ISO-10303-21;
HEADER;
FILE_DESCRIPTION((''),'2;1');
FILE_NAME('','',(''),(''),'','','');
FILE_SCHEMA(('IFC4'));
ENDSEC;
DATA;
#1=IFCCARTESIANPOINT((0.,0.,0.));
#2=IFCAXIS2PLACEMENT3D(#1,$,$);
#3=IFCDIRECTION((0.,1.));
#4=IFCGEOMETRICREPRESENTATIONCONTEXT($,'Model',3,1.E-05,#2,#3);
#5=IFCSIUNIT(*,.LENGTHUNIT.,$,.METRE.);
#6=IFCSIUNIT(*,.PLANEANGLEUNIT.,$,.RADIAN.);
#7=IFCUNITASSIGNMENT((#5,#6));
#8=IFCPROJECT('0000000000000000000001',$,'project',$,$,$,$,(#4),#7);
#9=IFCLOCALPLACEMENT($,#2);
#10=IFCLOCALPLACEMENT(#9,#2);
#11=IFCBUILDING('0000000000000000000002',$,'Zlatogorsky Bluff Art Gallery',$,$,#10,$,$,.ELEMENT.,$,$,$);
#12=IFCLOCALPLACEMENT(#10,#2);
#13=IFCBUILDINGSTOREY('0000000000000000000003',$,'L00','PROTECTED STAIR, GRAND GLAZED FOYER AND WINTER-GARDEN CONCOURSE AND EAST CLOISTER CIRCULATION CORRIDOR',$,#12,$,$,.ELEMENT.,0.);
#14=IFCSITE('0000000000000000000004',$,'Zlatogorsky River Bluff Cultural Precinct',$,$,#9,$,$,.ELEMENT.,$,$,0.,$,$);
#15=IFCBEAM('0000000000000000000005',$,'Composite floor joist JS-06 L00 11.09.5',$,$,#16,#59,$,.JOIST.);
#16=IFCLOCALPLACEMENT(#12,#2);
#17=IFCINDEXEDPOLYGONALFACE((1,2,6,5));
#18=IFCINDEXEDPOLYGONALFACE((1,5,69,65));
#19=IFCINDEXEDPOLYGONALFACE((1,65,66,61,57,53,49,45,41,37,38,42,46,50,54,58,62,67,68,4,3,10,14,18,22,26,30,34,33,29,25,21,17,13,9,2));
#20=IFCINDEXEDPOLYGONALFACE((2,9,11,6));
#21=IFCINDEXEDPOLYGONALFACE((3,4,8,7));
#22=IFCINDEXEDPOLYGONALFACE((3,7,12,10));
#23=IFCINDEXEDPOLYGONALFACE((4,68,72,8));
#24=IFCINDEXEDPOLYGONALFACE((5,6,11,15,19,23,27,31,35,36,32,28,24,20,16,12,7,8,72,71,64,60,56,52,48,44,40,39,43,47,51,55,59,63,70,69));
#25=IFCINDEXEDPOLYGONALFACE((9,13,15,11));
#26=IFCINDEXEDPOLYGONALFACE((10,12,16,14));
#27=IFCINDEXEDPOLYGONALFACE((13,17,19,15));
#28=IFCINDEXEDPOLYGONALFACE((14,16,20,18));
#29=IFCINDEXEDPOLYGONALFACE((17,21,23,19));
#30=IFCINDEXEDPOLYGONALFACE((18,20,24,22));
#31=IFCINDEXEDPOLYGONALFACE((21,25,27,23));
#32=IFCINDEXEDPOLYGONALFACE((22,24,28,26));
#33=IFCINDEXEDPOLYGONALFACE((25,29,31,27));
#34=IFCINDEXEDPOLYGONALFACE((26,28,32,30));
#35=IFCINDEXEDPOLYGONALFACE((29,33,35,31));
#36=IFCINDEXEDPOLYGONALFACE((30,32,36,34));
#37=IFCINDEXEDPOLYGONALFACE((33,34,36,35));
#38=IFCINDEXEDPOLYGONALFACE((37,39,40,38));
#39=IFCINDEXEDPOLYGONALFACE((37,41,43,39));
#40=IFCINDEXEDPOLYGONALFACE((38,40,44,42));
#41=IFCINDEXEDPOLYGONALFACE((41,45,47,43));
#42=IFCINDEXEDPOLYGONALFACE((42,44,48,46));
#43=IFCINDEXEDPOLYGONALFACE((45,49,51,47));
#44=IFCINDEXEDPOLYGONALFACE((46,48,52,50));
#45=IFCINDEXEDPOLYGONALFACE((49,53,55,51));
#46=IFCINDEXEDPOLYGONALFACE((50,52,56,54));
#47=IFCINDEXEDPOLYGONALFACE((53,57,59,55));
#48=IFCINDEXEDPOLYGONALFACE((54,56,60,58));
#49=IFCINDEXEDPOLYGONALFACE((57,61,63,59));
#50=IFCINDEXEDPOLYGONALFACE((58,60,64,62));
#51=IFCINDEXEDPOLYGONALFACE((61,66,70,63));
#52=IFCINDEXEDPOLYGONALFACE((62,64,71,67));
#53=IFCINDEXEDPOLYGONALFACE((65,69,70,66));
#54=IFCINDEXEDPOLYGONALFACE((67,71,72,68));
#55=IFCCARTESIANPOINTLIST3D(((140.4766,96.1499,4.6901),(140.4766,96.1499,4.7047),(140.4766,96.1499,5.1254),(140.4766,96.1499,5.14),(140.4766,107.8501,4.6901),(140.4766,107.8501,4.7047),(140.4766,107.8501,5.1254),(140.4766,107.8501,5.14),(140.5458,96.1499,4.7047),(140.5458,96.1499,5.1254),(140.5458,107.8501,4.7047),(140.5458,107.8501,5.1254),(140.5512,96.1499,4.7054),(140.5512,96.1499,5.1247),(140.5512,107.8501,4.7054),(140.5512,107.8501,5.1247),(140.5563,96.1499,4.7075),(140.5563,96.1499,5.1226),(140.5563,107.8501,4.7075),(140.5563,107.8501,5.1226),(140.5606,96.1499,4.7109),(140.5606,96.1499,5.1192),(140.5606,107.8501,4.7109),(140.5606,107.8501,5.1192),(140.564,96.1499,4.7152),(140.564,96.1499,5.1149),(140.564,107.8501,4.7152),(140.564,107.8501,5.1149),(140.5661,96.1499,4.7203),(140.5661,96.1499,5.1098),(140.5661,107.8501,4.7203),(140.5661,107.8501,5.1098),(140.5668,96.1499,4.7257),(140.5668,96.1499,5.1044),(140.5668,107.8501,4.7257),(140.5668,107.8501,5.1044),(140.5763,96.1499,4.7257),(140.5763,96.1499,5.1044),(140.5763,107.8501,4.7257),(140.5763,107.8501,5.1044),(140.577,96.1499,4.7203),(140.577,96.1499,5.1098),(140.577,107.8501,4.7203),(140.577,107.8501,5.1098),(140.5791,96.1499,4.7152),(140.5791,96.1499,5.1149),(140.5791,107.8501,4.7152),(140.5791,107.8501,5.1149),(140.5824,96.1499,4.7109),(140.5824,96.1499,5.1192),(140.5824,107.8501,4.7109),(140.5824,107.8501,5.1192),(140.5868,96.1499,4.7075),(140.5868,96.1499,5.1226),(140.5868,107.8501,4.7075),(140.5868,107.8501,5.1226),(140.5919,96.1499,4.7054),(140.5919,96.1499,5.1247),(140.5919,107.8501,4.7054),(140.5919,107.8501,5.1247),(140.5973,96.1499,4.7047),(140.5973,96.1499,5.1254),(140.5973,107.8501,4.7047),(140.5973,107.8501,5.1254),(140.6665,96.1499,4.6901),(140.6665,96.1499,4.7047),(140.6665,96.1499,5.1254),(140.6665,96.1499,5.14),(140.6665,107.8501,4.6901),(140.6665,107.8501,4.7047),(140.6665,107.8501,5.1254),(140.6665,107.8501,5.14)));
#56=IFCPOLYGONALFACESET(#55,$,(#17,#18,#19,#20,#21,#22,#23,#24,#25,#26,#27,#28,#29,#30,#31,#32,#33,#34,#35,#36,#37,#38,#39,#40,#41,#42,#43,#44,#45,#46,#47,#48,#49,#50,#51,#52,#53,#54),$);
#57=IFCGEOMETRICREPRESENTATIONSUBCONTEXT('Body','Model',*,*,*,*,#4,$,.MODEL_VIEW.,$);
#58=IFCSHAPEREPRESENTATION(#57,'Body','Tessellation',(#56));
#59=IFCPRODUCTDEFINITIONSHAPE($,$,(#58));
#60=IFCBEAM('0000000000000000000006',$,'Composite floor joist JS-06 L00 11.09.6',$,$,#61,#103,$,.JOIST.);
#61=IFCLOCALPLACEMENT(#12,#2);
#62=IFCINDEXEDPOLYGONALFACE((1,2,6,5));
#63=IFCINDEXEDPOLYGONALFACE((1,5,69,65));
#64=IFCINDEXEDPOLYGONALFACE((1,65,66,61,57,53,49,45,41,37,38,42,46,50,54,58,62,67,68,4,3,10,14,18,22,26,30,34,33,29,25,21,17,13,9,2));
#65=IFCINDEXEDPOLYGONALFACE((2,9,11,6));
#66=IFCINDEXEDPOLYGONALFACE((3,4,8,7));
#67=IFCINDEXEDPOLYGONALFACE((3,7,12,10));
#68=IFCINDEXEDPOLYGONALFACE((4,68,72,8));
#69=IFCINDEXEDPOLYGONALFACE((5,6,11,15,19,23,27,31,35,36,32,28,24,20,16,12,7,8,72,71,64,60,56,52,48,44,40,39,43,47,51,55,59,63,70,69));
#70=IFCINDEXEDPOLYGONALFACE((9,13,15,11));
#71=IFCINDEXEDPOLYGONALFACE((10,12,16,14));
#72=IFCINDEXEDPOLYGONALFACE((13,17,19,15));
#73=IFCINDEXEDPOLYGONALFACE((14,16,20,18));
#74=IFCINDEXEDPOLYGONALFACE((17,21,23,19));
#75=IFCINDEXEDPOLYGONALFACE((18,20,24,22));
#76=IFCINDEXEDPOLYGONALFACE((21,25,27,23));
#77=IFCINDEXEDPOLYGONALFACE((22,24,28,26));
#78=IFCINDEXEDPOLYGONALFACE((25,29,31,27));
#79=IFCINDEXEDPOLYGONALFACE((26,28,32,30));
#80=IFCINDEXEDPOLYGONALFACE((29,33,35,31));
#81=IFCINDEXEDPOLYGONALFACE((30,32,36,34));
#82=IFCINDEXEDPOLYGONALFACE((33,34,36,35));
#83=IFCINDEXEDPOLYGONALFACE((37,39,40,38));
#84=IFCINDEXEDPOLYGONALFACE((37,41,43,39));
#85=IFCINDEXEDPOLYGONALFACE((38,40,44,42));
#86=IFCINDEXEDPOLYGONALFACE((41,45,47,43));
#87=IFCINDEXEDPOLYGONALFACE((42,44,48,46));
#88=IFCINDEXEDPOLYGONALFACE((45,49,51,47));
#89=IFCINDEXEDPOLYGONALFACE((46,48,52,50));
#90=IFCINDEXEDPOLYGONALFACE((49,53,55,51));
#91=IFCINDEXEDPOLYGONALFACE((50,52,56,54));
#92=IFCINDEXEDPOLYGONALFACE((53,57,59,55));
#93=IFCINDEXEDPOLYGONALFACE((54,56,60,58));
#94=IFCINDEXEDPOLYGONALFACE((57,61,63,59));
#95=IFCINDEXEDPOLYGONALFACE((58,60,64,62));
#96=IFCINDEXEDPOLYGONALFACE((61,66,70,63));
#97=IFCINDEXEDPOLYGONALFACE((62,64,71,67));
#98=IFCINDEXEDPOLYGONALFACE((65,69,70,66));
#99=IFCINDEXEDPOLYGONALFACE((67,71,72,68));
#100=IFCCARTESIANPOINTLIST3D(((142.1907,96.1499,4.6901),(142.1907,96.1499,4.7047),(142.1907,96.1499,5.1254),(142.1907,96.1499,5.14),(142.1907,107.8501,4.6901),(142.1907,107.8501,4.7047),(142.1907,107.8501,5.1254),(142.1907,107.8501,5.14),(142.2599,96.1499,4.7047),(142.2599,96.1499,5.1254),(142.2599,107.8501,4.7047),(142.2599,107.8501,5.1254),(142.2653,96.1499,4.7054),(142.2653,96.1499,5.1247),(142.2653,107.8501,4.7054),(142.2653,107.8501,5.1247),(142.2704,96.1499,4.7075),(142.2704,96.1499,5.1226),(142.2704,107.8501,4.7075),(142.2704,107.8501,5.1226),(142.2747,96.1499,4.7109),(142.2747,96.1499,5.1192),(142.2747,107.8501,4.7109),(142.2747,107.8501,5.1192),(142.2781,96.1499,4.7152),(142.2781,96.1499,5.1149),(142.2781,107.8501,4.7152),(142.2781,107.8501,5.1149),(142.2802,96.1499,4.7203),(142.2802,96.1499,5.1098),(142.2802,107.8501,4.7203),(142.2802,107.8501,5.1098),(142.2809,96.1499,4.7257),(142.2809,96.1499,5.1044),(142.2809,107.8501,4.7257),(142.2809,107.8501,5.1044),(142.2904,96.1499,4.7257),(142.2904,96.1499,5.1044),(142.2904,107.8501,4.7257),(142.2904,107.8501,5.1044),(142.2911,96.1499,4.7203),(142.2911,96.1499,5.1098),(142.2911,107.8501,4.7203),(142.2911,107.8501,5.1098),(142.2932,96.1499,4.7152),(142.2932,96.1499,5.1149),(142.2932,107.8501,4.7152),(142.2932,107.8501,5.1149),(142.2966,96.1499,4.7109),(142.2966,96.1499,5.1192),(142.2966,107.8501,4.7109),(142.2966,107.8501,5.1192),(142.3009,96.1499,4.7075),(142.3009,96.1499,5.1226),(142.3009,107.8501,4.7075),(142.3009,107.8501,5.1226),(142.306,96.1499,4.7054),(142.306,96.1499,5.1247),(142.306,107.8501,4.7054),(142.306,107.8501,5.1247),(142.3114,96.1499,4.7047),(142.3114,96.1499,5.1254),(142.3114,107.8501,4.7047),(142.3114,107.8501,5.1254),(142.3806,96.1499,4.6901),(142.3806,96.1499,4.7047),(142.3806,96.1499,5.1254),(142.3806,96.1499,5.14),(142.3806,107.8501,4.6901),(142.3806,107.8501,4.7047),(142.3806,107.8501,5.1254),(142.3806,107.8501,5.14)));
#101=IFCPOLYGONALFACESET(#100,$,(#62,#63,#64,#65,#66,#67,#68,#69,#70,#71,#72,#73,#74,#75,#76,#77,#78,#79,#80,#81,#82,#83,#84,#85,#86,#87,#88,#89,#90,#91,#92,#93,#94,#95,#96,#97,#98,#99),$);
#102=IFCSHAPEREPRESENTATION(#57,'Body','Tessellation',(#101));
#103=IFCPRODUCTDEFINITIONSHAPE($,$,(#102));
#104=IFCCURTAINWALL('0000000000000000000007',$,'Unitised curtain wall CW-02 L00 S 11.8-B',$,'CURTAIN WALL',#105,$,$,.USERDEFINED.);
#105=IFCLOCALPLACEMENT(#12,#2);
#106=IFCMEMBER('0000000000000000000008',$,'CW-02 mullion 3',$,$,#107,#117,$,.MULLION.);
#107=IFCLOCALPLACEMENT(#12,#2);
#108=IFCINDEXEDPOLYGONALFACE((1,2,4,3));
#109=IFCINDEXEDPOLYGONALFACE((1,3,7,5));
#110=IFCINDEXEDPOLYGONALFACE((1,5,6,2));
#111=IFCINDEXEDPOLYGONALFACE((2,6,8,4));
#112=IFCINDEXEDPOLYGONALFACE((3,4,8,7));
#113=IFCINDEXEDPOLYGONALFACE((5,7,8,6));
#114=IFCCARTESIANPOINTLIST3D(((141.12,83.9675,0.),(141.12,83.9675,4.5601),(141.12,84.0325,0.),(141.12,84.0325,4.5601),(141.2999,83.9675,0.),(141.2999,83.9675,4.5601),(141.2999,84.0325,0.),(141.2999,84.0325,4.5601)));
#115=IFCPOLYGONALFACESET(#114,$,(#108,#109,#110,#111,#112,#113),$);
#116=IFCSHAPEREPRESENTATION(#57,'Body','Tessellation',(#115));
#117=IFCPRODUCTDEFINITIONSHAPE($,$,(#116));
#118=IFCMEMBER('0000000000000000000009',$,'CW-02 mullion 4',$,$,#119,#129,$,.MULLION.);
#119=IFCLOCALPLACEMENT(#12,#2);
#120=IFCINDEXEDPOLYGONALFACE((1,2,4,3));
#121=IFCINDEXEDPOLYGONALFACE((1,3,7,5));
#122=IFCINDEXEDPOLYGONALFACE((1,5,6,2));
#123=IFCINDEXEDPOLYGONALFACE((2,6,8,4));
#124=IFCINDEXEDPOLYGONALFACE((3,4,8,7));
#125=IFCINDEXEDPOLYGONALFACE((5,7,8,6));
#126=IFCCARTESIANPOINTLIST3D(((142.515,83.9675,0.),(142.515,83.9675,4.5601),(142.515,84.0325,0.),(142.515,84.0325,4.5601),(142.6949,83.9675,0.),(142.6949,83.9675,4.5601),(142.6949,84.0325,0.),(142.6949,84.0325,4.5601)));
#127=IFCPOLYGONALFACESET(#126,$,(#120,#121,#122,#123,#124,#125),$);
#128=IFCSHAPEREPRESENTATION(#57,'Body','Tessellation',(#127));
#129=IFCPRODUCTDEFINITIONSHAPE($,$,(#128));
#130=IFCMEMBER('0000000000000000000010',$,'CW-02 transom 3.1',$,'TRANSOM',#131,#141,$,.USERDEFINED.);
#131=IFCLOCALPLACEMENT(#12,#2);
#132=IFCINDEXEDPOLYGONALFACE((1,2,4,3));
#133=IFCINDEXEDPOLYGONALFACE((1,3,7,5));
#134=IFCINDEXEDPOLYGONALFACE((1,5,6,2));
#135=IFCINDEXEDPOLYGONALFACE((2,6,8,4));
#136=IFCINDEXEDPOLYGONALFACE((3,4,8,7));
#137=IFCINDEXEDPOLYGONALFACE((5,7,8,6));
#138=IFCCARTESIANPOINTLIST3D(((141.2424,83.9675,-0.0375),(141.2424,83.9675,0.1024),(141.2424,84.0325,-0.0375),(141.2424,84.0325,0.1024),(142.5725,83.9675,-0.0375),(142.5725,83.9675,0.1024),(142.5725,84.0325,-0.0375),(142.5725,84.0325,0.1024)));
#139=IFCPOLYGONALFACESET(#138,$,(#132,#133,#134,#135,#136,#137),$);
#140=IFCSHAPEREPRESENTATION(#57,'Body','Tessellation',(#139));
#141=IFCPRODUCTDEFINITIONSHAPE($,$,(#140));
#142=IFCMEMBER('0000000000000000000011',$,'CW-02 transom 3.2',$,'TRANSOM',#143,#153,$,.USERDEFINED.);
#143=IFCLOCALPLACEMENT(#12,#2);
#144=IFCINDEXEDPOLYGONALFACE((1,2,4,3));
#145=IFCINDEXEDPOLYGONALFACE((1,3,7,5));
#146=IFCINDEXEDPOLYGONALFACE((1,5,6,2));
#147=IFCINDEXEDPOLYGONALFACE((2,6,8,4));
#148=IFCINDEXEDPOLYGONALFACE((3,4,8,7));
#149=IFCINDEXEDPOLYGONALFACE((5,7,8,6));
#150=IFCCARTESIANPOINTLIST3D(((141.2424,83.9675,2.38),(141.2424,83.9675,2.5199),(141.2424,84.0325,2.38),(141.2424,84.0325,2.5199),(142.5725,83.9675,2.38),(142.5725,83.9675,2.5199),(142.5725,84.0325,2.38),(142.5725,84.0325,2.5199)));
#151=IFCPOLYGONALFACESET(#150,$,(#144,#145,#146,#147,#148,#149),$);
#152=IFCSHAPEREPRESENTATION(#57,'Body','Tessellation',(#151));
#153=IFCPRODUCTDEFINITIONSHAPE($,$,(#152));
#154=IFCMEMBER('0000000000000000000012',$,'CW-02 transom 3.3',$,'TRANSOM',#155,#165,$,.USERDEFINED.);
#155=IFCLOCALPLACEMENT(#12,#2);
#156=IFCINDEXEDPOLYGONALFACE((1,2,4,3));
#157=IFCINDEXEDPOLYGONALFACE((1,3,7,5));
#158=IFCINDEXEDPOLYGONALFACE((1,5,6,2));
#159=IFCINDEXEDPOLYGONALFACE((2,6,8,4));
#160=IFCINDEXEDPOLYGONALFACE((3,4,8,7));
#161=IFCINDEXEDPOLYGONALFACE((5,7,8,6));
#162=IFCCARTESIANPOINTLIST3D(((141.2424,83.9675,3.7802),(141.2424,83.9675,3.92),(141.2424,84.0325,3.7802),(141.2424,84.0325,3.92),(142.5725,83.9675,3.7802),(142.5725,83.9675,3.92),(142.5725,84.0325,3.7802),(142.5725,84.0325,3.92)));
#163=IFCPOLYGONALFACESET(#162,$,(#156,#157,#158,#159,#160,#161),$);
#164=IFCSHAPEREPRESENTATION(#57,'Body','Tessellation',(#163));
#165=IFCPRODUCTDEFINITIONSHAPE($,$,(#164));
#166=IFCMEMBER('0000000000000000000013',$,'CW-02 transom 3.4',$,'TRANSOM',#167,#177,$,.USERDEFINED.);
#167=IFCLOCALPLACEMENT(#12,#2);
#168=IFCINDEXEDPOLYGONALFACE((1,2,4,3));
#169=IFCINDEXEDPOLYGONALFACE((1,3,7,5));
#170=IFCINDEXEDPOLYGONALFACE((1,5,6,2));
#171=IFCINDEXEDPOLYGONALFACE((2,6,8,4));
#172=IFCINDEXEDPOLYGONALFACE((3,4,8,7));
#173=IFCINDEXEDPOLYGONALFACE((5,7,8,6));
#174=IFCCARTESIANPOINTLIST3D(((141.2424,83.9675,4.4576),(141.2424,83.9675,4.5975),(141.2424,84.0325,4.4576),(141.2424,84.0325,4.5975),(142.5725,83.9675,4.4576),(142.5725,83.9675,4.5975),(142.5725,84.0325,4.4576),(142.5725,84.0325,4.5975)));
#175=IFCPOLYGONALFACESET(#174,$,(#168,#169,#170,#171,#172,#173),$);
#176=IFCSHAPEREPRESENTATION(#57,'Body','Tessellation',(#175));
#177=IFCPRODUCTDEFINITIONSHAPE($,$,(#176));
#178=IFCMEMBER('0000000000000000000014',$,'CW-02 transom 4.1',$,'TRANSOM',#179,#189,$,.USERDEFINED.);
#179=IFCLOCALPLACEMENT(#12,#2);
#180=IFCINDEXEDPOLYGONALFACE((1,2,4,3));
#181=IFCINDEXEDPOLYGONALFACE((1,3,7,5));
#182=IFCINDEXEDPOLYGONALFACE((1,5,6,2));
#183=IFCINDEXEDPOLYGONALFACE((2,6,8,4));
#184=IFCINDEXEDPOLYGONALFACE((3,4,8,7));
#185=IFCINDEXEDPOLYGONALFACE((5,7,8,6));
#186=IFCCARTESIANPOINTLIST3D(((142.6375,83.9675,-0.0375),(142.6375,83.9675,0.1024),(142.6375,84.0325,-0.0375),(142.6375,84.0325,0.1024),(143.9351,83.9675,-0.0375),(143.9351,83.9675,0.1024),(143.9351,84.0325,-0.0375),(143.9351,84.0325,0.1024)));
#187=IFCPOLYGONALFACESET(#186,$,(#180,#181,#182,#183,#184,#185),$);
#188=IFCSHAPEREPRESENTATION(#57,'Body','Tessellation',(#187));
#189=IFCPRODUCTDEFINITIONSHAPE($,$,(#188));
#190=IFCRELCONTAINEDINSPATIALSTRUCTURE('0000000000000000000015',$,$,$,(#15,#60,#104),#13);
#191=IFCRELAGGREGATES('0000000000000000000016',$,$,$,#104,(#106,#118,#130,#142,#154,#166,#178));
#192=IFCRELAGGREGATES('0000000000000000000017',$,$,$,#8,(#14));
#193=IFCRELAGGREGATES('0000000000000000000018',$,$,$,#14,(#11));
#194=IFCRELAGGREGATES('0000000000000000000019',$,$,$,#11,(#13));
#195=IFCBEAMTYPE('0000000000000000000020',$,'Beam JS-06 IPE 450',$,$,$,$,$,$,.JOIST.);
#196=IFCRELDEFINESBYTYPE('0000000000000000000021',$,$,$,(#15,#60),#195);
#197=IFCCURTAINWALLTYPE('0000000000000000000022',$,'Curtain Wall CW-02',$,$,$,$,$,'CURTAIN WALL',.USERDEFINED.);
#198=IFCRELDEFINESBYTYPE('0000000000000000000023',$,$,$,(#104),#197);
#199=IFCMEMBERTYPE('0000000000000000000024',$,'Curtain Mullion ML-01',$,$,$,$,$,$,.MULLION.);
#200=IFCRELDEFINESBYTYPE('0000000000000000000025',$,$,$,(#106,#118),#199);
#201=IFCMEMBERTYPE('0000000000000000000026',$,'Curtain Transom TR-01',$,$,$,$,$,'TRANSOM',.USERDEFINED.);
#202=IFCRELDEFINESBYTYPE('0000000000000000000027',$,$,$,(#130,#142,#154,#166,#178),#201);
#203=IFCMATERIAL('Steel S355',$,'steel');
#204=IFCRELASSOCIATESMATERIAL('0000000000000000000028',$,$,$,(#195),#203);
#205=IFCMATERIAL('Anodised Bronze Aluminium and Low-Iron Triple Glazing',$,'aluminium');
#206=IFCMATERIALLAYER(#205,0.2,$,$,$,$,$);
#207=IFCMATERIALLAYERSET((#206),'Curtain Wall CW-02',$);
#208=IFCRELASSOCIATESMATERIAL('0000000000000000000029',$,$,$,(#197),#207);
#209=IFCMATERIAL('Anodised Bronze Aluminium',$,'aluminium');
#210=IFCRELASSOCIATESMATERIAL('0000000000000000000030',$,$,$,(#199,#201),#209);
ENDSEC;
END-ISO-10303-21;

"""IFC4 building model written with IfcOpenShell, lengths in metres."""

from ifc_helpers import new_model, si_unit, direction, frame, origin, origin_2d, place, context, subcontext, project, spatial, rectangle, i_section, extrude, material, layer, layer_set, material_profile, profile_set, type_object, element, aggregate, save


model = new_model("IFC4")

# Units and contexts
model_context = context("Model", 3, precision=1e-05, world=origin(), true_north=direction((0.0, 1.0)))
body_context = subcontext(model_context, "Body", "Model", "MODEL_VIEW")
ifc_project = project(units=[si_unit("LENGTHUNIT", "METRE"), si_unit("PLANEANGLEUNIT", "RADIAN")], contexts=[model_context])

# Site, building, storey
site_placement = place(None, origin())
site = spatial("IfcSite", under=ifc_project, at=site_placement, Name="Zlatogorsky River Bluff Cultural Precinct", CompositionType="ELEMENT", RefElevation=0.0)
building_placement = place(site_placement, origin())
building = spatial("IfcBuilding", under=site, at=building_placement, Name="Zlatogorsky Bluff Art Gallery", CompositionType="ELEMENT")
storey_placement = place(building_placement, origin())
storey = spatial("IfcBuildingStorey", under=building, at=storey_placement, Name="L00", Description="PROTECTED STAIR, GRAND GLAZED FOYER AND WINTER-GARDEN CONCOURSE AND EAST CLOISTER CIRCULATION CORRIDOR", CompositionType="ELEMENT", Elevation=0.0)

# Beams
ifc_material_1 = material(Name="Steel S355", Category="steel")
ifc_material_profile_1 = material_profile(ifc_material_1, i_section(OverallWidth=0.1899, OverallDepth=0.45, WebThickness=0.0095, FlangeThickness=0.0146, FilletRadius=0.021, at=origin_2d()), Name="IPE 450")
ifc_profile_set_1 = profile_set([ifc_material_profile_1], Name="Steel S355")
beam_type = type_object("IfcBeamType", Name="Beam JS-06 IPE 450", PredefinedType="JOIST", material=ifc_profile_set_1)
for number, where, z_axis, x_axis, name in (
    (1, (140.5715, 96.1499, 4.915), (0.0, 1.0, 0.0), (-1.0, 0.0, 0.0), "Composite floor joist JS-06 L00 11.09.5"),
    (2, (142.2856, 96.1499, 4.915), (0.0, 1.0, 0.0), (-1.0, 0.0, 0.0), "Composite floor joist JS-06 L00 11.09.6"),
):
    element("IfcBeam", number, at=place(storey_placement, frame(where, z_axis=z_axis, x_axis=x_axis)), inside=storey, type_object=beam_type, Name=name, PredefinedType="JOIST", context=body_context, shape_type="SweptSolid", body=[
        extrude(i_section(OverallWidth=0.1899, OverallDepth=0.45, WebThickness=0.0095, FlangeThickness=0.0146, FilletRadius=0.021, at=origin_2d()), origin(), (0.0, 0.0, 1.0), 11.7002),
    ])

# Curtain wall, members
ifc_material_2 = material(Name="Anodised Bronze Aluminium and Low-Iron Triple Glazing", Category="aluminium")
ifc_layer_1 = layer(ifc_material_2, 0.2)
ifc_layer_set_1 = layer_set([ifc_layer_1], Name="Curtain Wall CW-02")
curtain_wall_type = type_object("IfcCurtainWallType", Name="Curtain Wall CW-02", ElementType="CURTAIN WALL", PredefinedType="USERDEFINED", material=ifc_layer_set_1)
curtain_wall_placement = place(storey_placement, origin())
curtain_wall = element("IfcCurtainWall", 3, at=curtain_wall_placement, inside=storey, type_object=curtain_wall_type, Name="Unitised curtain wall CW-02 L00 S 11.8-B", ObjectType="CURTAIN WALL", PredefinedType="USERDEFINED")
ifc_material_3 = material(Name="Anodised Bronze Aluminium", Category="aluminium")
ifc_material_profile_2 = material_profile(ifc_material_3, rectangle(XDim=0.0649, YDim=0.1799, at=origin_2d()), Name="ALU MULLION 65x180")
ifc_profile_set_2 = profile_set([ifc_material_profile_2], Name="Anodised Bronze Aluminium")
member_type_1 = type_object("IfcMemberType", Name="Curtain Mullion ML-01", PredefinedType="MULLION", material=ifc_profile_set_2)
member_1_placement = place(storey_placement, frame((141.21, 84.0, 0.0), z_axis=(0.0, 0.0, 1.0), x_axis=(0.0, 1.0, 0.0)))
member_1 = element("IfcMember", 4, at=member_1_placement, type_object=member_type_1, Name="CW-02 mullion 3", PredefinedType="MULLION", context=body_context, shape_type="SweptSolid", body=[
    extrude(rectangle(XDim=0.0649, YDim=0.1799, at=origin_2d()), origin(), (0.0, 0.0, 1.0), 4.5601),
])
member_2_placement = place(storey_placement, frame((142.605, 84.0, 0.0), z_axis=(0.0, 0.0, 1.0), x_axis=(0.0, 1.0, 0.0)))
member_2 = element("IfcMember", 5, at=member_2_placement, type_object=member_type_1, Name="CW-02 mullion 4", PredefinedType="MULLION", context=body_context, shape_type="SweptSolid", body=[
    extrude(rectangle(XDim=0.0649, YDim=0.1799, at=origin_2d()), origin(), (0.0, 0.0, 1.0), 4.5601),
])
ifc_material_profile_3 = material_profile(ifc_material_3, rectangle(XDim=0.0649, YDim=0.1399, at=origin_2d()), Name="ALU TRANSOM 65x140")
ifc_profile_set_3 = profile_set([ifc_material_profile_3], Name="Anodised Bronze Aluminium")
member_type_2 = type_object("IfcMemberType", Name="Curtain Transom TR-01", ElementType="TRANSOM", PredefinedType="USERDEFINED", material=ifc_profile_set_3)
member_3_placement = place(storey_placement, frame((141.2424, 84.0, 0.0325), z_axis=(1.0, 0.0, 0.0), x_axis=(0.0, 1.0, 0.0)))
member_3 = element("IfcMember", 6, at=member_3_placement, type_object=member_type_2, Name="CW-02 transom 3.1", ObjectType="TRANSOM", PredefinedType="USERDEFINED", context=body_context, shape_type="SweptSolid", body=[
    extrude(rectangle(XDim=0.0649, YDim=0.1399, at=origin_2d()), origin(), (0.0, 0.0, 1.0), 1.3301),
])
member_4_placement = place(storey_placement, frame((141.2424, 84.0, 2.45), z_axis=(1.0, 0.0, 0.0), x_axis=(0.0, 1.0, 0.0)))
member_4 = element("IfcMember", 7, at=member_4_placement, type_object=member_type_2, Name="CW-02 transom 3.2", ObjectType="TRANSOM", PredefinedType="USERDEFINED", context=body_context, shape_type="SweptSolid", body=[
    extrude(rectangle(XDim=0.0649, YDim=0.1399, at=origin_2d()), origin(), (0.0, 0.0, 1.0), 1.3301),
])
member_5_placement = place(storey_placement, frame((141.2424, 84.0, 3.8501), z_axis=(1.0, 0.0, 0.0), x_axis=(0.0, 1.0, 0.0)))
member_5 = element("IfcMember", 8, at=member_5_placement, type_object=member_type_2, Name="CW-02 transom 3.3", ObjectType="TRANSOM", PredefinedType="USERDEFINED", context=body_context, shape_type="SweptSolid", body=[
    extrude(rectangle(XDim=0.0649, YDim=0.1399, at=origin_2d()), origin(), (0.0, 0.0, 1.0), 1.3301),
])
member_6_placement = place(storey_placement, frame((141.2424, 84.0, 4.5276), z_axis=(1.0, 0.0, 0.0), x_axis=(0.0, 1.0, 0.0)))
member_6 = element("IfcMember", 9, at=member_6_placement, type_object=member_type_2, Name="CW-02 transom 3.4", ObjectType="TRANSOM", PredefinedType="USERDEFINED", context=body_context, shape_type="SweptSolid", body=[
    extrude(rectangle(XDim=0.0649, YDim=0.1399, at=origin_2d()), origin(), (0.0, 0.0, 1.0), 1.3301),
])
member_7_placement = place(storey_placement, frame((142.6375, 84.0, 0.0325), z_axis=(1.0, 0.0, 0.0), x_axis=(0.0, 1.0, 0.0)))
member_7 = element("IfcMember", 10, at=member_7_placement, type_object=member_type_2, Name="CW-02 transom 4.1", ObjectType="TRANSOM", PredefinedType="USERDEFINED", context=body_context, shape_type="SweptSolid", body=[
    extrude(rectangle(XDim=0.0649, YDim=0.1399, at=origin_2d()), origin(), (0.0, 0.0, 1.0), 1.2976),
])
aggregate(curtain_wall, [member_1, member_2, member_3, member_4, member_5, member_6, member_7])

save(model, "model.ifc")
